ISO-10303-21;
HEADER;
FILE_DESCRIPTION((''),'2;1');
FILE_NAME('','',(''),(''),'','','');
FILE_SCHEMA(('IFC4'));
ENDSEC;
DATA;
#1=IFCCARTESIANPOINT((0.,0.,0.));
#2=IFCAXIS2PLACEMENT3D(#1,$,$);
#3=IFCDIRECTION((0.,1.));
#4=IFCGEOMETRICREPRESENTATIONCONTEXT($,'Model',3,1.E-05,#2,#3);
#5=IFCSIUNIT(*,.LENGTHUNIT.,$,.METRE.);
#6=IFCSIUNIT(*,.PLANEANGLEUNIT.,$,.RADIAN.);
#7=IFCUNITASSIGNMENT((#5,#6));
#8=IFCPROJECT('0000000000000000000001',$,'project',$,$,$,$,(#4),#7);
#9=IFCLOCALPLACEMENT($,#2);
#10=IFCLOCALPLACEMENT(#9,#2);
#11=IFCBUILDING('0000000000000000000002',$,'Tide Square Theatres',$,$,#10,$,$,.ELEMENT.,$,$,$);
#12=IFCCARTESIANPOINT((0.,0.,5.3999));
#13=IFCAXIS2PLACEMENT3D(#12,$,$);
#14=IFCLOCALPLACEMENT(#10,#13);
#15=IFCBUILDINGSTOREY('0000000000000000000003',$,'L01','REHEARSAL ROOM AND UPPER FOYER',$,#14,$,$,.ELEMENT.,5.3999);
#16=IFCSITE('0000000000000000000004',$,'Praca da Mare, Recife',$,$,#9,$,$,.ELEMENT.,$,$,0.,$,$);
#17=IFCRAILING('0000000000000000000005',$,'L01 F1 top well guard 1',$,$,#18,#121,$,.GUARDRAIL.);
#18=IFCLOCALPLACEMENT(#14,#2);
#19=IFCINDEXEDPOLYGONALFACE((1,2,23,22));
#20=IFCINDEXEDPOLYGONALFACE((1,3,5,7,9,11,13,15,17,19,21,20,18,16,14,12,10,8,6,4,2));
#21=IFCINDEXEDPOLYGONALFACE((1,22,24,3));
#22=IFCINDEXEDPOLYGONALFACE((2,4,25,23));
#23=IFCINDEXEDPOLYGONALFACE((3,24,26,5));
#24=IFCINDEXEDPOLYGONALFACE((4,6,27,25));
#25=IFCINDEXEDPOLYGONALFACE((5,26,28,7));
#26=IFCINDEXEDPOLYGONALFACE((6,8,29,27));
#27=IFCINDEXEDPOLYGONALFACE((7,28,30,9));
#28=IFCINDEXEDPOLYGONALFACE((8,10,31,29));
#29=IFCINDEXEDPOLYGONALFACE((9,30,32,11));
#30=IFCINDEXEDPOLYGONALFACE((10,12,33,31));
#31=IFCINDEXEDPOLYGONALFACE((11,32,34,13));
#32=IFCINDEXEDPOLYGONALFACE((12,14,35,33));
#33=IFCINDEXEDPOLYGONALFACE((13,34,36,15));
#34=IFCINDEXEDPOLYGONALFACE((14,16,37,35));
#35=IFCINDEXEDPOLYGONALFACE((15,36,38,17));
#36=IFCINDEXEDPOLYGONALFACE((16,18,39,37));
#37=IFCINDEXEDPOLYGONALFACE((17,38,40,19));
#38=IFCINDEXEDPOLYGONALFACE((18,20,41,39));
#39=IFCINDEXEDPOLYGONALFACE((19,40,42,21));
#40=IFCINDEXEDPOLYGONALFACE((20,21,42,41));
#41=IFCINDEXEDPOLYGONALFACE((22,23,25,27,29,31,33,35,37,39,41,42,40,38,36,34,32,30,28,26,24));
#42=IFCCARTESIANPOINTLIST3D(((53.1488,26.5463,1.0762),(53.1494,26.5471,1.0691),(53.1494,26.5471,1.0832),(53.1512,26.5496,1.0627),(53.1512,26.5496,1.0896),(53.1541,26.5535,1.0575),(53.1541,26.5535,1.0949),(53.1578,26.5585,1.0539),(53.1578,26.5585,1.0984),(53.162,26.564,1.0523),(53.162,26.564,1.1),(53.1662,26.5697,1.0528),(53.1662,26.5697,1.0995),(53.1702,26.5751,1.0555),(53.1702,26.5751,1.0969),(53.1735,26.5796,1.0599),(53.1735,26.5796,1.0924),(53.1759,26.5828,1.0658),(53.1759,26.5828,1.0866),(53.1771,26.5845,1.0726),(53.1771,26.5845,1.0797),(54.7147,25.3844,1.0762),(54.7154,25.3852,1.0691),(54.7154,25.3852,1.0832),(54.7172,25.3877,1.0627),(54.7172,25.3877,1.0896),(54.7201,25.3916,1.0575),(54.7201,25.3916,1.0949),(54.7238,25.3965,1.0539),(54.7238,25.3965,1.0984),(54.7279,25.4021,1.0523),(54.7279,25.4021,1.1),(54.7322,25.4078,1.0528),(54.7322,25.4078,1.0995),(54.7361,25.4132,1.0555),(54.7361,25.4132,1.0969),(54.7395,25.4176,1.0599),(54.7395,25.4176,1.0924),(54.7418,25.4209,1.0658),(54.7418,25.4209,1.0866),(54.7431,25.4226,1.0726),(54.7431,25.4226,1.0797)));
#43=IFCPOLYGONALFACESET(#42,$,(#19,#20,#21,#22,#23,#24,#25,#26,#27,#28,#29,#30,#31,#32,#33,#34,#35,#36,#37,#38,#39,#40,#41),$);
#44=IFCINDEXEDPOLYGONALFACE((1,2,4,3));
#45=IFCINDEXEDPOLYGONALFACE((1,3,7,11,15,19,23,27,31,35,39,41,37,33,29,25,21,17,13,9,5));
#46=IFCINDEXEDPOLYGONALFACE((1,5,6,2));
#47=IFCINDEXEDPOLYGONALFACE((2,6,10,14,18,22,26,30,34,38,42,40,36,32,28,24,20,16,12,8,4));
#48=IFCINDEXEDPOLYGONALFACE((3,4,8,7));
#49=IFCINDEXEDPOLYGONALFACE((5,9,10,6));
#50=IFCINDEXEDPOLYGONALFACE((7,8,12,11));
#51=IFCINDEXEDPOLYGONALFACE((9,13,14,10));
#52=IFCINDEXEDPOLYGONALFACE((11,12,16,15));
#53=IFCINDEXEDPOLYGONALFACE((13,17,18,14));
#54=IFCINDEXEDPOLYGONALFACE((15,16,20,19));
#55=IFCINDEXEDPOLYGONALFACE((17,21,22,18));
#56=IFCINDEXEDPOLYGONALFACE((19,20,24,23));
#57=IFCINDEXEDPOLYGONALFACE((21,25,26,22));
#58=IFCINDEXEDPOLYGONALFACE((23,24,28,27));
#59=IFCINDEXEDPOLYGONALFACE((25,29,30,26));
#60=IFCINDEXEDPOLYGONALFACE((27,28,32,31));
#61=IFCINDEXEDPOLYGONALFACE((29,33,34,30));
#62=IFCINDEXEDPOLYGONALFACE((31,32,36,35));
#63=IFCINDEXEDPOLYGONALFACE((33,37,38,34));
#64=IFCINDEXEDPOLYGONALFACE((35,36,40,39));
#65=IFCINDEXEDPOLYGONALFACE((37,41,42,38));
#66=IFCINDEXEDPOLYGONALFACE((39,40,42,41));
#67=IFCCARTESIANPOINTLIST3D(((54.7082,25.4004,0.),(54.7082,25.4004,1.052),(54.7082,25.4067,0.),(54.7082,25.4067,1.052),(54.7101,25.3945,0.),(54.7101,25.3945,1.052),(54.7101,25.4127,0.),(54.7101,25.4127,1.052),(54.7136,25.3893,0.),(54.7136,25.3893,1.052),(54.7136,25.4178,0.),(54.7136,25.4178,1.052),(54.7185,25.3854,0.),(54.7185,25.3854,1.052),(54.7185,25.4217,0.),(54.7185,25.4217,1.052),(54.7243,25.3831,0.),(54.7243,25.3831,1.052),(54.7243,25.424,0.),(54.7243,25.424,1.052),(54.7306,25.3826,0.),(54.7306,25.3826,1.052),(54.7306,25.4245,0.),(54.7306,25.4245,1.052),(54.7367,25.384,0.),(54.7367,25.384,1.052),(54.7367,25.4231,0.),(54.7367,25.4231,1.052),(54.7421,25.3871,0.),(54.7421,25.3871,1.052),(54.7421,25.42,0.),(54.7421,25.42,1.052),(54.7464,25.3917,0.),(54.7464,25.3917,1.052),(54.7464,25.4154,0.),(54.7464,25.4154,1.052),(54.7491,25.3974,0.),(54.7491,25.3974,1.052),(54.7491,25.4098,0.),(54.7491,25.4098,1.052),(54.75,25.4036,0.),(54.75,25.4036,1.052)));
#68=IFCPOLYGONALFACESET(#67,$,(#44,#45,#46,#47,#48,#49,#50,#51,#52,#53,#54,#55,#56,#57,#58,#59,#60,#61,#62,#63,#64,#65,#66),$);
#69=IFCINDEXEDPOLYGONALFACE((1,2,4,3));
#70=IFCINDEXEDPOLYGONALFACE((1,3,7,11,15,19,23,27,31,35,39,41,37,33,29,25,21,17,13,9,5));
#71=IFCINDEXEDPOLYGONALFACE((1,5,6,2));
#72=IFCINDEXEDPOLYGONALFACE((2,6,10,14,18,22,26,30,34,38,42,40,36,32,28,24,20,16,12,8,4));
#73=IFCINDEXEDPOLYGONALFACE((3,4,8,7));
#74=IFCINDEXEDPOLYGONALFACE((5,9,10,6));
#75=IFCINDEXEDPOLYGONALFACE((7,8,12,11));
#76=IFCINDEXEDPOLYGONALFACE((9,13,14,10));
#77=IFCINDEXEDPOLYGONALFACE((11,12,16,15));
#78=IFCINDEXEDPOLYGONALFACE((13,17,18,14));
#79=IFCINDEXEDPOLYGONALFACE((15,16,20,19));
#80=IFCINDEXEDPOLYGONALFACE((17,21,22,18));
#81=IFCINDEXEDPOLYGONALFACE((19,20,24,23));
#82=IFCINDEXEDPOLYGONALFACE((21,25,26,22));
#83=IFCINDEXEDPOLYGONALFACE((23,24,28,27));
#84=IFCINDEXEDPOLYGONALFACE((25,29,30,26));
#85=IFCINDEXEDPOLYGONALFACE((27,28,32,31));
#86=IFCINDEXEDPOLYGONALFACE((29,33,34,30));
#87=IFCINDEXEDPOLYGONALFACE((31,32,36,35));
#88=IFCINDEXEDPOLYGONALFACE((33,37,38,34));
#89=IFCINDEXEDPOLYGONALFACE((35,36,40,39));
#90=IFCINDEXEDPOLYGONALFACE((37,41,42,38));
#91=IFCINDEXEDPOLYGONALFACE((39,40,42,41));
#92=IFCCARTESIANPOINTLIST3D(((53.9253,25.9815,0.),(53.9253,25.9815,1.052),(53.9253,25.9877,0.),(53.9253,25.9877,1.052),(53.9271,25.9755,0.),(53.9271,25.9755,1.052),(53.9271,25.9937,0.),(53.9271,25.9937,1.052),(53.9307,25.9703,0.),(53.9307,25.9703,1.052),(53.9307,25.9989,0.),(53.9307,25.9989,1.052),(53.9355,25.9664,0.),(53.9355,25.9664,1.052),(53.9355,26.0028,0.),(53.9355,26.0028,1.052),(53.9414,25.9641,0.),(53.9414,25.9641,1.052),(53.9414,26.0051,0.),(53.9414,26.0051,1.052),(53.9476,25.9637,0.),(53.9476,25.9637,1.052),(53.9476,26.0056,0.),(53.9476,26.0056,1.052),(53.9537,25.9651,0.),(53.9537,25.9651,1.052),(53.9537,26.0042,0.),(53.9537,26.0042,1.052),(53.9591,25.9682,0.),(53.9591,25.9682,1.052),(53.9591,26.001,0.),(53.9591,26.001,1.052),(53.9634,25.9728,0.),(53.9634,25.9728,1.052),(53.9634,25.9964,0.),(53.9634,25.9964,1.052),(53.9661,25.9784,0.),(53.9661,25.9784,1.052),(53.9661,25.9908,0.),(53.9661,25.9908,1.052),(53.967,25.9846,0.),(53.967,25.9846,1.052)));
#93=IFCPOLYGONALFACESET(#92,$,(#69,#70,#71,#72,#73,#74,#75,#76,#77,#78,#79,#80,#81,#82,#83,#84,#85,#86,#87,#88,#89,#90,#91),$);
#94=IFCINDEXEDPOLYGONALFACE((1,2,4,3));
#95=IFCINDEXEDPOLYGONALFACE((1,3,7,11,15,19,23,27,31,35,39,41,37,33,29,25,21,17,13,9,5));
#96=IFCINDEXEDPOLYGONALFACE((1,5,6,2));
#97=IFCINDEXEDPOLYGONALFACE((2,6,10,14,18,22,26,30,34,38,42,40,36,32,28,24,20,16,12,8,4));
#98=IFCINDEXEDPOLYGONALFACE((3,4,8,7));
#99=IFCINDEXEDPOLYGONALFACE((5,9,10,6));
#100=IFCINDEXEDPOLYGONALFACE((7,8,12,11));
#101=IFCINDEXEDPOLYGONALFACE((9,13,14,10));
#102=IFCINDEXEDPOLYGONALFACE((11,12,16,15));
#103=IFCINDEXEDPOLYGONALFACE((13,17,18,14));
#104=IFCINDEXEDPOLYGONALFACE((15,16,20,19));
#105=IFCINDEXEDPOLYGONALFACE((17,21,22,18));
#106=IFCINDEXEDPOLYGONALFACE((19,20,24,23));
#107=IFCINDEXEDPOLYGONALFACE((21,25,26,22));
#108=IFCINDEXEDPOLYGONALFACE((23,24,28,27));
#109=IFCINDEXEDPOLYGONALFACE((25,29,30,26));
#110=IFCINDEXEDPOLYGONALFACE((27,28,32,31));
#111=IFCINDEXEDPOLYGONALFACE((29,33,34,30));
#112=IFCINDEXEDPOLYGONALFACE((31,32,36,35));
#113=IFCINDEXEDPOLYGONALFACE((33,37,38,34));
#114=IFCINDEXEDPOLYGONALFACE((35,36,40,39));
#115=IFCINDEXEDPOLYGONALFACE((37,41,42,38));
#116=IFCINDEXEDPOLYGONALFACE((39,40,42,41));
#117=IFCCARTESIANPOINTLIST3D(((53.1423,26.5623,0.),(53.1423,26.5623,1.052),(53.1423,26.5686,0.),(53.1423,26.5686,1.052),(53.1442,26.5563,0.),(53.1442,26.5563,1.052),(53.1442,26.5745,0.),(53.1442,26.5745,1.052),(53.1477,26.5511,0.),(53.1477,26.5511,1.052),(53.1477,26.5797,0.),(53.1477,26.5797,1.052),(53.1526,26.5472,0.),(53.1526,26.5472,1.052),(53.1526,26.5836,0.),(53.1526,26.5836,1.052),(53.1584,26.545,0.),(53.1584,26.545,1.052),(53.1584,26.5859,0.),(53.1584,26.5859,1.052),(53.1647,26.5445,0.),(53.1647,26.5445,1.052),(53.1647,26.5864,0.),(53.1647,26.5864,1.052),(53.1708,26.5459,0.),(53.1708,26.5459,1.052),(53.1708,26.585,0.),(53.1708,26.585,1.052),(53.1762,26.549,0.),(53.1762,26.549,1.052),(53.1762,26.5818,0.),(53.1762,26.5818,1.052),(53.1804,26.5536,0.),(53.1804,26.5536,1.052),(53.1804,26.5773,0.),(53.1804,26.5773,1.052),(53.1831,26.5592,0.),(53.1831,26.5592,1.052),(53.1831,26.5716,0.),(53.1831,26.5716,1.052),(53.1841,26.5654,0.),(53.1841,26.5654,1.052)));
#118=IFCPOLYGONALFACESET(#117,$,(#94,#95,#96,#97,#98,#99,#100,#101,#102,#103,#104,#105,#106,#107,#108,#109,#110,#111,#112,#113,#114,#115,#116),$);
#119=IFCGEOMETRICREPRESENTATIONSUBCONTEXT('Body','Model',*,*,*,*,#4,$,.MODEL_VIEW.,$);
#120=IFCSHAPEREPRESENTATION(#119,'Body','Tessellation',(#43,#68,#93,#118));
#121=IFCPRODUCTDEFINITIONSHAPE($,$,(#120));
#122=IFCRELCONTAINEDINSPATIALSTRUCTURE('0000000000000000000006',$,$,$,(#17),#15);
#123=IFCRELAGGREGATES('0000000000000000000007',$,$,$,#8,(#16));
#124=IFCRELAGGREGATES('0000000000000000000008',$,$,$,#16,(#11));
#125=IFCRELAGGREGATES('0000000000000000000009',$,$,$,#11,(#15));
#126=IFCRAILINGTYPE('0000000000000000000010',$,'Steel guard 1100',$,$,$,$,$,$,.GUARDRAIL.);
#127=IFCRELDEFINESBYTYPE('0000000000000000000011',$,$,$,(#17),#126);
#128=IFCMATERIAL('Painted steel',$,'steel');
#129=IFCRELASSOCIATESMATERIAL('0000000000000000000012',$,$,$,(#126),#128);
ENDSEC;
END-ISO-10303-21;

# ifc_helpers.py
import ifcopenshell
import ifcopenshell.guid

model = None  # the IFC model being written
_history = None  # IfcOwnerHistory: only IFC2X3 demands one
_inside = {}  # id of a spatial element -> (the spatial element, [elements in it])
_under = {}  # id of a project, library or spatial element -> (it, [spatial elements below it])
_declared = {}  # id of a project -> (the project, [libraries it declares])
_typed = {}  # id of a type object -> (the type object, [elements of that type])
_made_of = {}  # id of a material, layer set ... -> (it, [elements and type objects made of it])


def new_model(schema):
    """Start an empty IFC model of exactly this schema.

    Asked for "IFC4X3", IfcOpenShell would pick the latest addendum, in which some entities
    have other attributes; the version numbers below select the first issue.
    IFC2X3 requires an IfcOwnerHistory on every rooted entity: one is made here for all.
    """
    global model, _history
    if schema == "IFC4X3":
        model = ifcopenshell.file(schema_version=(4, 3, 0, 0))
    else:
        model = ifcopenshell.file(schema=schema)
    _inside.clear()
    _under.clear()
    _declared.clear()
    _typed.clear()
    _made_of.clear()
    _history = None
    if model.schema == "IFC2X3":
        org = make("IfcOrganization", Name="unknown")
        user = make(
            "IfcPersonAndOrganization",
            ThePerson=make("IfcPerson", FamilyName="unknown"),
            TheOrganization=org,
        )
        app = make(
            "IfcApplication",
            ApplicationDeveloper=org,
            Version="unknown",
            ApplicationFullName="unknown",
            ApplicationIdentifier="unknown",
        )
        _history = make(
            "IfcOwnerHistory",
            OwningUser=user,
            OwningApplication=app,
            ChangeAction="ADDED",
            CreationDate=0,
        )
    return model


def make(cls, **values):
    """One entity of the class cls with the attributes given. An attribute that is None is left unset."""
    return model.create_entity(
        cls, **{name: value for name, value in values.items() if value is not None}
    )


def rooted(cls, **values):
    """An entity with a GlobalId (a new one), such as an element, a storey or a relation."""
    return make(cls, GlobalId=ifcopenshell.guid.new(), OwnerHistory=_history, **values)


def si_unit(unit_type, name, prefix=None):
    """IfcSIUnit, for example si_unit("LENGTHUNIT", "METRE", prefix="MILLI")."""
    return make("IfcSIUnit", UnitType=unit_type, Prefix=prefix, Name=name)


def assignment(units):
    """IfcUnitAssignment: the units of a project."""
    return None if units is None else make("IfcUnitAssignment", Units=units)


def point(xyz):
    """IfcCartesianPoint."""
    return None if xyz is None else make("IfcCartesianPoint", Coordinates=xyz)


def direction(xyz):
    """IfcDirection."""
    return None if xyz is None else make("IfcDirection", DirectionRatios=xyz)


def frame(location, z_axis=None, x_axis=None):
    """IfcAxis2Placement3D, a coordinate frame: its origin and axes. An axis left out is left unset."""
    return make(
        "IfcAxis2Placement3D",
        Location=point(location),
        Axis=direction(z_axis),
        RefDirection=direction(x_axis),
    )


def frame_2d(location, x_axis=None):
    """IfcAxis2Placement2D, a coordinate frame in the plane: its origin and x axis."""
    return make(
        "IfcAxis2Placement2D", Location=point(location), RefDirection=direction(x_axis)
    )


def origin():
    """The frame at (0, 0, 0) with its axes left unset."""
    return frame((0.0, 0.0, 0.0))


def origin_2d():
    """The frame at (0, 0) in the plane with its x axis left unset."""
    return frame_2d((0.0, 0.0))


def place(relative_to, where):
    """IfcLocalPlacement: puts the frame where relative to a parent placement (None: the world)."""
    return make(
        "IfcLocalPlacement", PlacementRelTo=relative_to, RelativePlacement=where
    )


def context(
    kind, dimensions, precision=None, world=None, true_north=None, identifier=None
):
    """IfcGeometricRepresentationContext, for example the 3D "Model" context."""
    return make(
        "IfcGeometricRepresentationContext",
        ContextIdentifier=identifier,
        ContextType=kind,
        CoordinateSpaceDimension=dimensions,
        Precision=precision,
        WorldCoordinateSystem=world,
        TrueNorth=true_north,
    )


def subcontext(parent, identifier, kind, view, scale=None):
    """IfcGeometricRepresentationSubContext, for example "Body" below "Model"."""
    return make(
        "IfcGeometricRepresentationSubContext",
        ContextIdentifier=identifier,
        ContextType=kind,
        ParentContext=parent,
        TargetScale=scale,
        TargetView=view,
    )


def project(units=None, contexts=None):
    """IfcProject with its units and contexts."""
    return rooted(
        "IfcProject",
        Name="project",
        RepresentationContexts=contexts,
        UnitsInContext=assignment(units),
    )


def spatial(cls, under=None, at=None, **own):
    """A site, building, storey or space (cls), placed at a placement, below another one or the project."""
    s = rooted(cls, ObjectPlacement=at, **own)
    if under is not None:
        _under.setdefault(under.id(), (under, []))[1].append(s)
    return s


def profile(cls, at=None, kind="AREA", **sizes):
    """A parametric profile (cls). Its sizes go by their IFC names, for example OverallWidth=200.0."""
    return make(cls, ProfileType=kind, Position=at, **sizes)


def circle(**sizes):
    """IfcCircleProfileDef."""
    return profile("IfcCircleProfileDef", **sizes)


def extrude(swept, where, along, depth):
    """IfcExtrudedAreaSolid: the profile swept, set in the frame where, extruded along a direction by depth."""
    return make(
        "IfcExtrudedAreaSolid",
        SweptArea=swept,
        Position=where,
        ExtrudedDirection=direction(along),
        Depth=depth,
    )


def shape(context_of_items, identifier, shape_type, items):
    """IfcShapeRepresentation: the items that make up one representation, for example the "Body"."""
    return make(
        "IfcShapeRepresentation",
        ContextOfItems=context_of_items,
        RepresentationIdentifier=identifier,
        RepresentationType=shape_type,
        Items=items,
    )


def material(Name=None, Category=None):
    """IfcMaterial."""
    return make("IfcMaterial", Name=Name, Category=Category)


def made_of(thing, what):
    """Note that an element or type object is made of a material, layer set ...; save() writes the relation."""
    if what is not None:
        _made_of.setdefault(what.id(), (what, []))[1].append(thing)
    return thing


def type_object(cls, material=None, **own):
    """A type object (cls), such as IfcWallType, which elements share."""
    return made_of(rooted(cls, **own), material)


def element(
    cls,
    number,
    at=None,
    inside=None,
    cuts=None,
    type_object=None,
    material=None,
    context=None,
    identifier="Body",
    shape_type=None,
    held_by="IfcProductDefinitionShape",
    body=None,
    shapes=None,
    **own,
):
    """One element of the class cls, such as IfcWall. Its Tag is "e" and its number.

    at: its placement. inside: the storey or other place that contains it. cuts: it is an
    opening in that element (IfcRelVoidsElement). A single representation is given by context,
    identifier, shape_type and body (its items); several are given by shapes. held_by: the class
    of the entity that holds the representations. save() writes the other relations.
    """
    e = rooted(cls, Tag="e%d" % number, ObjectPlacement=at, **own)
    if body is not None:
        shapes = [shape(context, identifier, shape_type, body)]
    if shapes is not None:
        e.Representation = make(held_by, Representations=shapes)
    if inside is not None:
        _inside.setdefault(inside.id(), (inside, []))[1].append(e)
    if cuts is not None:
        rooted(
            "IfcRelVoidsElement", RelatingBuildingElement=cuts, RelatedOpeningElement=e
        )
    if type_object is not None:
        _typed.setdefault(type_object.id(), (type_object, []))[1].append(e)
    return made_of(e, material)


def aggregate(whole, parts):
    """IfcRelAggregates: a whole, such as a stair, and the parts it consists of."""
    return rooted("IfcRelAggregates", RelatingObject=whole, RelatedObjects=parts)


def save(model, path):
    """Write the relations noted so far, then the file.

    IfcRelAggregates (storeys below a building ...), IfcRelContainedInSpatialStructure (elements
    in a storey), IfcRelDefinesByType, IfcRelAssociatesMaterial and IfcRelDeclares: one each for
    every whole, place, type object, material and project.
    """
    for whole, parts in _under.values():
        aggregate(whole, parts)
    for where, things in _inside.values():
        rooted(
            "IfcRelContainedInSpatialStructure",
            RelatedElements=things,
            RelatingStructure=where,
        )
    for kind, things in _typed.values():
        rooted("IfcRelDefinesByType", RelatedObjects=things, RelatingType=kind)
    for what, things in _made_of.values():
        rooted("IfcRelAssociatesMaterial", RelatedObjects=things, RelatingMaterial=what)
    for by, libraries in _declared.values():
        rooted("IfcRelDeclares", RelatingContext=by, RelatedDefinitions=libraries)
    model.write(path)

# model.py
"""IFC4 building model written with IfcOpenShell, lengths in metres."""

from ifc_helpers import new_model, si_unit, direction, frame, origin, origin_2d, place, context, subcontext, project, spatial, circle, extrude, material, type_object, element, save


model = new_model("IFC4")

# Units and contexts
model_context = context("Model", 3, precision=1e-05, world=origin(), true_north=direction((0.0, 1.0)))
body_context = subcontext(model_context, "Body", "Model", "MODEL_VIEW")
ifc_project = project(units=[si_unit("LENGTHUNIT", "METRE"), si_unit("PLANEANGLEUNIT", "RADIAN")], contexts=[model_context])

# Site, building, storey
site_placement = place(None, origin())
site = spatial("IfcSite", under=ifc_project, at=site_placement, Name="Praca da Mare, Recife", CompositionType="ELEMENT", RefElevation=0.0)
building_placement = place(site_placement, origin())
building = spatial("IfcBuilding", under=site, at=building_placement, Name="Tide Square Theatres", CompositionType="ELEMENT")
storey_placement = place(building_placement, frame((0.0, 0.0, 5.3999)))
storey = spatial("IfcBuildingStorey", under=building, at=storey_placement, Name="L01", Description="REHEARSAL ROOM AND UPPER FOYER", CompositionType="ELEMENT", Elevation=5.3999)

# Railing
ifc_material_1 = material(Name="Painted steel", Category="steel")
railing_type = type_object("IfcRailingType", Name="Steel guard 1100", PredefinedType="GUARDRAIL", material=ifc_material_1)
railing_placement = place(storey_placement, frame((54.729, 25.4036, 0.0)))
element("IfcRailing", 1, at=railing_placement, inside=storey, type_object=railing_type, Name="L01 F1 top well guard 1", PredefinedType="GUARDRAIL", context=body_context, shape_type="SweptSolid", body=[
    extrude(circle(Radius=0.0239, at=origin_2d()), frame((0.0, 0.0, 1.0762), z_axis=(-0.803084, 0.595865, 0.0), x_axis=(-0.595865, -0.803084, 0.0)), (0.0, 0.0, 1.0), 1.95),
    extrude(circle(Radius=0.021, at=origin_2d()), origin(), (0.0, 0.0, 1.0), 1.052),
    extrude(circle(Radius=0.021, at=origin_2d()), frame((-0.783, 0.5811, 0.0)), (0.0, 0.0, 1.0), 1.052),
    extrude(circle(Radius=0.021, at=origin_2d()), frame((-1.5659, 1.1619, 0.0)), (0.0, 0.0, 1.0), 1.052),
])

save(model, "model.ifc")
